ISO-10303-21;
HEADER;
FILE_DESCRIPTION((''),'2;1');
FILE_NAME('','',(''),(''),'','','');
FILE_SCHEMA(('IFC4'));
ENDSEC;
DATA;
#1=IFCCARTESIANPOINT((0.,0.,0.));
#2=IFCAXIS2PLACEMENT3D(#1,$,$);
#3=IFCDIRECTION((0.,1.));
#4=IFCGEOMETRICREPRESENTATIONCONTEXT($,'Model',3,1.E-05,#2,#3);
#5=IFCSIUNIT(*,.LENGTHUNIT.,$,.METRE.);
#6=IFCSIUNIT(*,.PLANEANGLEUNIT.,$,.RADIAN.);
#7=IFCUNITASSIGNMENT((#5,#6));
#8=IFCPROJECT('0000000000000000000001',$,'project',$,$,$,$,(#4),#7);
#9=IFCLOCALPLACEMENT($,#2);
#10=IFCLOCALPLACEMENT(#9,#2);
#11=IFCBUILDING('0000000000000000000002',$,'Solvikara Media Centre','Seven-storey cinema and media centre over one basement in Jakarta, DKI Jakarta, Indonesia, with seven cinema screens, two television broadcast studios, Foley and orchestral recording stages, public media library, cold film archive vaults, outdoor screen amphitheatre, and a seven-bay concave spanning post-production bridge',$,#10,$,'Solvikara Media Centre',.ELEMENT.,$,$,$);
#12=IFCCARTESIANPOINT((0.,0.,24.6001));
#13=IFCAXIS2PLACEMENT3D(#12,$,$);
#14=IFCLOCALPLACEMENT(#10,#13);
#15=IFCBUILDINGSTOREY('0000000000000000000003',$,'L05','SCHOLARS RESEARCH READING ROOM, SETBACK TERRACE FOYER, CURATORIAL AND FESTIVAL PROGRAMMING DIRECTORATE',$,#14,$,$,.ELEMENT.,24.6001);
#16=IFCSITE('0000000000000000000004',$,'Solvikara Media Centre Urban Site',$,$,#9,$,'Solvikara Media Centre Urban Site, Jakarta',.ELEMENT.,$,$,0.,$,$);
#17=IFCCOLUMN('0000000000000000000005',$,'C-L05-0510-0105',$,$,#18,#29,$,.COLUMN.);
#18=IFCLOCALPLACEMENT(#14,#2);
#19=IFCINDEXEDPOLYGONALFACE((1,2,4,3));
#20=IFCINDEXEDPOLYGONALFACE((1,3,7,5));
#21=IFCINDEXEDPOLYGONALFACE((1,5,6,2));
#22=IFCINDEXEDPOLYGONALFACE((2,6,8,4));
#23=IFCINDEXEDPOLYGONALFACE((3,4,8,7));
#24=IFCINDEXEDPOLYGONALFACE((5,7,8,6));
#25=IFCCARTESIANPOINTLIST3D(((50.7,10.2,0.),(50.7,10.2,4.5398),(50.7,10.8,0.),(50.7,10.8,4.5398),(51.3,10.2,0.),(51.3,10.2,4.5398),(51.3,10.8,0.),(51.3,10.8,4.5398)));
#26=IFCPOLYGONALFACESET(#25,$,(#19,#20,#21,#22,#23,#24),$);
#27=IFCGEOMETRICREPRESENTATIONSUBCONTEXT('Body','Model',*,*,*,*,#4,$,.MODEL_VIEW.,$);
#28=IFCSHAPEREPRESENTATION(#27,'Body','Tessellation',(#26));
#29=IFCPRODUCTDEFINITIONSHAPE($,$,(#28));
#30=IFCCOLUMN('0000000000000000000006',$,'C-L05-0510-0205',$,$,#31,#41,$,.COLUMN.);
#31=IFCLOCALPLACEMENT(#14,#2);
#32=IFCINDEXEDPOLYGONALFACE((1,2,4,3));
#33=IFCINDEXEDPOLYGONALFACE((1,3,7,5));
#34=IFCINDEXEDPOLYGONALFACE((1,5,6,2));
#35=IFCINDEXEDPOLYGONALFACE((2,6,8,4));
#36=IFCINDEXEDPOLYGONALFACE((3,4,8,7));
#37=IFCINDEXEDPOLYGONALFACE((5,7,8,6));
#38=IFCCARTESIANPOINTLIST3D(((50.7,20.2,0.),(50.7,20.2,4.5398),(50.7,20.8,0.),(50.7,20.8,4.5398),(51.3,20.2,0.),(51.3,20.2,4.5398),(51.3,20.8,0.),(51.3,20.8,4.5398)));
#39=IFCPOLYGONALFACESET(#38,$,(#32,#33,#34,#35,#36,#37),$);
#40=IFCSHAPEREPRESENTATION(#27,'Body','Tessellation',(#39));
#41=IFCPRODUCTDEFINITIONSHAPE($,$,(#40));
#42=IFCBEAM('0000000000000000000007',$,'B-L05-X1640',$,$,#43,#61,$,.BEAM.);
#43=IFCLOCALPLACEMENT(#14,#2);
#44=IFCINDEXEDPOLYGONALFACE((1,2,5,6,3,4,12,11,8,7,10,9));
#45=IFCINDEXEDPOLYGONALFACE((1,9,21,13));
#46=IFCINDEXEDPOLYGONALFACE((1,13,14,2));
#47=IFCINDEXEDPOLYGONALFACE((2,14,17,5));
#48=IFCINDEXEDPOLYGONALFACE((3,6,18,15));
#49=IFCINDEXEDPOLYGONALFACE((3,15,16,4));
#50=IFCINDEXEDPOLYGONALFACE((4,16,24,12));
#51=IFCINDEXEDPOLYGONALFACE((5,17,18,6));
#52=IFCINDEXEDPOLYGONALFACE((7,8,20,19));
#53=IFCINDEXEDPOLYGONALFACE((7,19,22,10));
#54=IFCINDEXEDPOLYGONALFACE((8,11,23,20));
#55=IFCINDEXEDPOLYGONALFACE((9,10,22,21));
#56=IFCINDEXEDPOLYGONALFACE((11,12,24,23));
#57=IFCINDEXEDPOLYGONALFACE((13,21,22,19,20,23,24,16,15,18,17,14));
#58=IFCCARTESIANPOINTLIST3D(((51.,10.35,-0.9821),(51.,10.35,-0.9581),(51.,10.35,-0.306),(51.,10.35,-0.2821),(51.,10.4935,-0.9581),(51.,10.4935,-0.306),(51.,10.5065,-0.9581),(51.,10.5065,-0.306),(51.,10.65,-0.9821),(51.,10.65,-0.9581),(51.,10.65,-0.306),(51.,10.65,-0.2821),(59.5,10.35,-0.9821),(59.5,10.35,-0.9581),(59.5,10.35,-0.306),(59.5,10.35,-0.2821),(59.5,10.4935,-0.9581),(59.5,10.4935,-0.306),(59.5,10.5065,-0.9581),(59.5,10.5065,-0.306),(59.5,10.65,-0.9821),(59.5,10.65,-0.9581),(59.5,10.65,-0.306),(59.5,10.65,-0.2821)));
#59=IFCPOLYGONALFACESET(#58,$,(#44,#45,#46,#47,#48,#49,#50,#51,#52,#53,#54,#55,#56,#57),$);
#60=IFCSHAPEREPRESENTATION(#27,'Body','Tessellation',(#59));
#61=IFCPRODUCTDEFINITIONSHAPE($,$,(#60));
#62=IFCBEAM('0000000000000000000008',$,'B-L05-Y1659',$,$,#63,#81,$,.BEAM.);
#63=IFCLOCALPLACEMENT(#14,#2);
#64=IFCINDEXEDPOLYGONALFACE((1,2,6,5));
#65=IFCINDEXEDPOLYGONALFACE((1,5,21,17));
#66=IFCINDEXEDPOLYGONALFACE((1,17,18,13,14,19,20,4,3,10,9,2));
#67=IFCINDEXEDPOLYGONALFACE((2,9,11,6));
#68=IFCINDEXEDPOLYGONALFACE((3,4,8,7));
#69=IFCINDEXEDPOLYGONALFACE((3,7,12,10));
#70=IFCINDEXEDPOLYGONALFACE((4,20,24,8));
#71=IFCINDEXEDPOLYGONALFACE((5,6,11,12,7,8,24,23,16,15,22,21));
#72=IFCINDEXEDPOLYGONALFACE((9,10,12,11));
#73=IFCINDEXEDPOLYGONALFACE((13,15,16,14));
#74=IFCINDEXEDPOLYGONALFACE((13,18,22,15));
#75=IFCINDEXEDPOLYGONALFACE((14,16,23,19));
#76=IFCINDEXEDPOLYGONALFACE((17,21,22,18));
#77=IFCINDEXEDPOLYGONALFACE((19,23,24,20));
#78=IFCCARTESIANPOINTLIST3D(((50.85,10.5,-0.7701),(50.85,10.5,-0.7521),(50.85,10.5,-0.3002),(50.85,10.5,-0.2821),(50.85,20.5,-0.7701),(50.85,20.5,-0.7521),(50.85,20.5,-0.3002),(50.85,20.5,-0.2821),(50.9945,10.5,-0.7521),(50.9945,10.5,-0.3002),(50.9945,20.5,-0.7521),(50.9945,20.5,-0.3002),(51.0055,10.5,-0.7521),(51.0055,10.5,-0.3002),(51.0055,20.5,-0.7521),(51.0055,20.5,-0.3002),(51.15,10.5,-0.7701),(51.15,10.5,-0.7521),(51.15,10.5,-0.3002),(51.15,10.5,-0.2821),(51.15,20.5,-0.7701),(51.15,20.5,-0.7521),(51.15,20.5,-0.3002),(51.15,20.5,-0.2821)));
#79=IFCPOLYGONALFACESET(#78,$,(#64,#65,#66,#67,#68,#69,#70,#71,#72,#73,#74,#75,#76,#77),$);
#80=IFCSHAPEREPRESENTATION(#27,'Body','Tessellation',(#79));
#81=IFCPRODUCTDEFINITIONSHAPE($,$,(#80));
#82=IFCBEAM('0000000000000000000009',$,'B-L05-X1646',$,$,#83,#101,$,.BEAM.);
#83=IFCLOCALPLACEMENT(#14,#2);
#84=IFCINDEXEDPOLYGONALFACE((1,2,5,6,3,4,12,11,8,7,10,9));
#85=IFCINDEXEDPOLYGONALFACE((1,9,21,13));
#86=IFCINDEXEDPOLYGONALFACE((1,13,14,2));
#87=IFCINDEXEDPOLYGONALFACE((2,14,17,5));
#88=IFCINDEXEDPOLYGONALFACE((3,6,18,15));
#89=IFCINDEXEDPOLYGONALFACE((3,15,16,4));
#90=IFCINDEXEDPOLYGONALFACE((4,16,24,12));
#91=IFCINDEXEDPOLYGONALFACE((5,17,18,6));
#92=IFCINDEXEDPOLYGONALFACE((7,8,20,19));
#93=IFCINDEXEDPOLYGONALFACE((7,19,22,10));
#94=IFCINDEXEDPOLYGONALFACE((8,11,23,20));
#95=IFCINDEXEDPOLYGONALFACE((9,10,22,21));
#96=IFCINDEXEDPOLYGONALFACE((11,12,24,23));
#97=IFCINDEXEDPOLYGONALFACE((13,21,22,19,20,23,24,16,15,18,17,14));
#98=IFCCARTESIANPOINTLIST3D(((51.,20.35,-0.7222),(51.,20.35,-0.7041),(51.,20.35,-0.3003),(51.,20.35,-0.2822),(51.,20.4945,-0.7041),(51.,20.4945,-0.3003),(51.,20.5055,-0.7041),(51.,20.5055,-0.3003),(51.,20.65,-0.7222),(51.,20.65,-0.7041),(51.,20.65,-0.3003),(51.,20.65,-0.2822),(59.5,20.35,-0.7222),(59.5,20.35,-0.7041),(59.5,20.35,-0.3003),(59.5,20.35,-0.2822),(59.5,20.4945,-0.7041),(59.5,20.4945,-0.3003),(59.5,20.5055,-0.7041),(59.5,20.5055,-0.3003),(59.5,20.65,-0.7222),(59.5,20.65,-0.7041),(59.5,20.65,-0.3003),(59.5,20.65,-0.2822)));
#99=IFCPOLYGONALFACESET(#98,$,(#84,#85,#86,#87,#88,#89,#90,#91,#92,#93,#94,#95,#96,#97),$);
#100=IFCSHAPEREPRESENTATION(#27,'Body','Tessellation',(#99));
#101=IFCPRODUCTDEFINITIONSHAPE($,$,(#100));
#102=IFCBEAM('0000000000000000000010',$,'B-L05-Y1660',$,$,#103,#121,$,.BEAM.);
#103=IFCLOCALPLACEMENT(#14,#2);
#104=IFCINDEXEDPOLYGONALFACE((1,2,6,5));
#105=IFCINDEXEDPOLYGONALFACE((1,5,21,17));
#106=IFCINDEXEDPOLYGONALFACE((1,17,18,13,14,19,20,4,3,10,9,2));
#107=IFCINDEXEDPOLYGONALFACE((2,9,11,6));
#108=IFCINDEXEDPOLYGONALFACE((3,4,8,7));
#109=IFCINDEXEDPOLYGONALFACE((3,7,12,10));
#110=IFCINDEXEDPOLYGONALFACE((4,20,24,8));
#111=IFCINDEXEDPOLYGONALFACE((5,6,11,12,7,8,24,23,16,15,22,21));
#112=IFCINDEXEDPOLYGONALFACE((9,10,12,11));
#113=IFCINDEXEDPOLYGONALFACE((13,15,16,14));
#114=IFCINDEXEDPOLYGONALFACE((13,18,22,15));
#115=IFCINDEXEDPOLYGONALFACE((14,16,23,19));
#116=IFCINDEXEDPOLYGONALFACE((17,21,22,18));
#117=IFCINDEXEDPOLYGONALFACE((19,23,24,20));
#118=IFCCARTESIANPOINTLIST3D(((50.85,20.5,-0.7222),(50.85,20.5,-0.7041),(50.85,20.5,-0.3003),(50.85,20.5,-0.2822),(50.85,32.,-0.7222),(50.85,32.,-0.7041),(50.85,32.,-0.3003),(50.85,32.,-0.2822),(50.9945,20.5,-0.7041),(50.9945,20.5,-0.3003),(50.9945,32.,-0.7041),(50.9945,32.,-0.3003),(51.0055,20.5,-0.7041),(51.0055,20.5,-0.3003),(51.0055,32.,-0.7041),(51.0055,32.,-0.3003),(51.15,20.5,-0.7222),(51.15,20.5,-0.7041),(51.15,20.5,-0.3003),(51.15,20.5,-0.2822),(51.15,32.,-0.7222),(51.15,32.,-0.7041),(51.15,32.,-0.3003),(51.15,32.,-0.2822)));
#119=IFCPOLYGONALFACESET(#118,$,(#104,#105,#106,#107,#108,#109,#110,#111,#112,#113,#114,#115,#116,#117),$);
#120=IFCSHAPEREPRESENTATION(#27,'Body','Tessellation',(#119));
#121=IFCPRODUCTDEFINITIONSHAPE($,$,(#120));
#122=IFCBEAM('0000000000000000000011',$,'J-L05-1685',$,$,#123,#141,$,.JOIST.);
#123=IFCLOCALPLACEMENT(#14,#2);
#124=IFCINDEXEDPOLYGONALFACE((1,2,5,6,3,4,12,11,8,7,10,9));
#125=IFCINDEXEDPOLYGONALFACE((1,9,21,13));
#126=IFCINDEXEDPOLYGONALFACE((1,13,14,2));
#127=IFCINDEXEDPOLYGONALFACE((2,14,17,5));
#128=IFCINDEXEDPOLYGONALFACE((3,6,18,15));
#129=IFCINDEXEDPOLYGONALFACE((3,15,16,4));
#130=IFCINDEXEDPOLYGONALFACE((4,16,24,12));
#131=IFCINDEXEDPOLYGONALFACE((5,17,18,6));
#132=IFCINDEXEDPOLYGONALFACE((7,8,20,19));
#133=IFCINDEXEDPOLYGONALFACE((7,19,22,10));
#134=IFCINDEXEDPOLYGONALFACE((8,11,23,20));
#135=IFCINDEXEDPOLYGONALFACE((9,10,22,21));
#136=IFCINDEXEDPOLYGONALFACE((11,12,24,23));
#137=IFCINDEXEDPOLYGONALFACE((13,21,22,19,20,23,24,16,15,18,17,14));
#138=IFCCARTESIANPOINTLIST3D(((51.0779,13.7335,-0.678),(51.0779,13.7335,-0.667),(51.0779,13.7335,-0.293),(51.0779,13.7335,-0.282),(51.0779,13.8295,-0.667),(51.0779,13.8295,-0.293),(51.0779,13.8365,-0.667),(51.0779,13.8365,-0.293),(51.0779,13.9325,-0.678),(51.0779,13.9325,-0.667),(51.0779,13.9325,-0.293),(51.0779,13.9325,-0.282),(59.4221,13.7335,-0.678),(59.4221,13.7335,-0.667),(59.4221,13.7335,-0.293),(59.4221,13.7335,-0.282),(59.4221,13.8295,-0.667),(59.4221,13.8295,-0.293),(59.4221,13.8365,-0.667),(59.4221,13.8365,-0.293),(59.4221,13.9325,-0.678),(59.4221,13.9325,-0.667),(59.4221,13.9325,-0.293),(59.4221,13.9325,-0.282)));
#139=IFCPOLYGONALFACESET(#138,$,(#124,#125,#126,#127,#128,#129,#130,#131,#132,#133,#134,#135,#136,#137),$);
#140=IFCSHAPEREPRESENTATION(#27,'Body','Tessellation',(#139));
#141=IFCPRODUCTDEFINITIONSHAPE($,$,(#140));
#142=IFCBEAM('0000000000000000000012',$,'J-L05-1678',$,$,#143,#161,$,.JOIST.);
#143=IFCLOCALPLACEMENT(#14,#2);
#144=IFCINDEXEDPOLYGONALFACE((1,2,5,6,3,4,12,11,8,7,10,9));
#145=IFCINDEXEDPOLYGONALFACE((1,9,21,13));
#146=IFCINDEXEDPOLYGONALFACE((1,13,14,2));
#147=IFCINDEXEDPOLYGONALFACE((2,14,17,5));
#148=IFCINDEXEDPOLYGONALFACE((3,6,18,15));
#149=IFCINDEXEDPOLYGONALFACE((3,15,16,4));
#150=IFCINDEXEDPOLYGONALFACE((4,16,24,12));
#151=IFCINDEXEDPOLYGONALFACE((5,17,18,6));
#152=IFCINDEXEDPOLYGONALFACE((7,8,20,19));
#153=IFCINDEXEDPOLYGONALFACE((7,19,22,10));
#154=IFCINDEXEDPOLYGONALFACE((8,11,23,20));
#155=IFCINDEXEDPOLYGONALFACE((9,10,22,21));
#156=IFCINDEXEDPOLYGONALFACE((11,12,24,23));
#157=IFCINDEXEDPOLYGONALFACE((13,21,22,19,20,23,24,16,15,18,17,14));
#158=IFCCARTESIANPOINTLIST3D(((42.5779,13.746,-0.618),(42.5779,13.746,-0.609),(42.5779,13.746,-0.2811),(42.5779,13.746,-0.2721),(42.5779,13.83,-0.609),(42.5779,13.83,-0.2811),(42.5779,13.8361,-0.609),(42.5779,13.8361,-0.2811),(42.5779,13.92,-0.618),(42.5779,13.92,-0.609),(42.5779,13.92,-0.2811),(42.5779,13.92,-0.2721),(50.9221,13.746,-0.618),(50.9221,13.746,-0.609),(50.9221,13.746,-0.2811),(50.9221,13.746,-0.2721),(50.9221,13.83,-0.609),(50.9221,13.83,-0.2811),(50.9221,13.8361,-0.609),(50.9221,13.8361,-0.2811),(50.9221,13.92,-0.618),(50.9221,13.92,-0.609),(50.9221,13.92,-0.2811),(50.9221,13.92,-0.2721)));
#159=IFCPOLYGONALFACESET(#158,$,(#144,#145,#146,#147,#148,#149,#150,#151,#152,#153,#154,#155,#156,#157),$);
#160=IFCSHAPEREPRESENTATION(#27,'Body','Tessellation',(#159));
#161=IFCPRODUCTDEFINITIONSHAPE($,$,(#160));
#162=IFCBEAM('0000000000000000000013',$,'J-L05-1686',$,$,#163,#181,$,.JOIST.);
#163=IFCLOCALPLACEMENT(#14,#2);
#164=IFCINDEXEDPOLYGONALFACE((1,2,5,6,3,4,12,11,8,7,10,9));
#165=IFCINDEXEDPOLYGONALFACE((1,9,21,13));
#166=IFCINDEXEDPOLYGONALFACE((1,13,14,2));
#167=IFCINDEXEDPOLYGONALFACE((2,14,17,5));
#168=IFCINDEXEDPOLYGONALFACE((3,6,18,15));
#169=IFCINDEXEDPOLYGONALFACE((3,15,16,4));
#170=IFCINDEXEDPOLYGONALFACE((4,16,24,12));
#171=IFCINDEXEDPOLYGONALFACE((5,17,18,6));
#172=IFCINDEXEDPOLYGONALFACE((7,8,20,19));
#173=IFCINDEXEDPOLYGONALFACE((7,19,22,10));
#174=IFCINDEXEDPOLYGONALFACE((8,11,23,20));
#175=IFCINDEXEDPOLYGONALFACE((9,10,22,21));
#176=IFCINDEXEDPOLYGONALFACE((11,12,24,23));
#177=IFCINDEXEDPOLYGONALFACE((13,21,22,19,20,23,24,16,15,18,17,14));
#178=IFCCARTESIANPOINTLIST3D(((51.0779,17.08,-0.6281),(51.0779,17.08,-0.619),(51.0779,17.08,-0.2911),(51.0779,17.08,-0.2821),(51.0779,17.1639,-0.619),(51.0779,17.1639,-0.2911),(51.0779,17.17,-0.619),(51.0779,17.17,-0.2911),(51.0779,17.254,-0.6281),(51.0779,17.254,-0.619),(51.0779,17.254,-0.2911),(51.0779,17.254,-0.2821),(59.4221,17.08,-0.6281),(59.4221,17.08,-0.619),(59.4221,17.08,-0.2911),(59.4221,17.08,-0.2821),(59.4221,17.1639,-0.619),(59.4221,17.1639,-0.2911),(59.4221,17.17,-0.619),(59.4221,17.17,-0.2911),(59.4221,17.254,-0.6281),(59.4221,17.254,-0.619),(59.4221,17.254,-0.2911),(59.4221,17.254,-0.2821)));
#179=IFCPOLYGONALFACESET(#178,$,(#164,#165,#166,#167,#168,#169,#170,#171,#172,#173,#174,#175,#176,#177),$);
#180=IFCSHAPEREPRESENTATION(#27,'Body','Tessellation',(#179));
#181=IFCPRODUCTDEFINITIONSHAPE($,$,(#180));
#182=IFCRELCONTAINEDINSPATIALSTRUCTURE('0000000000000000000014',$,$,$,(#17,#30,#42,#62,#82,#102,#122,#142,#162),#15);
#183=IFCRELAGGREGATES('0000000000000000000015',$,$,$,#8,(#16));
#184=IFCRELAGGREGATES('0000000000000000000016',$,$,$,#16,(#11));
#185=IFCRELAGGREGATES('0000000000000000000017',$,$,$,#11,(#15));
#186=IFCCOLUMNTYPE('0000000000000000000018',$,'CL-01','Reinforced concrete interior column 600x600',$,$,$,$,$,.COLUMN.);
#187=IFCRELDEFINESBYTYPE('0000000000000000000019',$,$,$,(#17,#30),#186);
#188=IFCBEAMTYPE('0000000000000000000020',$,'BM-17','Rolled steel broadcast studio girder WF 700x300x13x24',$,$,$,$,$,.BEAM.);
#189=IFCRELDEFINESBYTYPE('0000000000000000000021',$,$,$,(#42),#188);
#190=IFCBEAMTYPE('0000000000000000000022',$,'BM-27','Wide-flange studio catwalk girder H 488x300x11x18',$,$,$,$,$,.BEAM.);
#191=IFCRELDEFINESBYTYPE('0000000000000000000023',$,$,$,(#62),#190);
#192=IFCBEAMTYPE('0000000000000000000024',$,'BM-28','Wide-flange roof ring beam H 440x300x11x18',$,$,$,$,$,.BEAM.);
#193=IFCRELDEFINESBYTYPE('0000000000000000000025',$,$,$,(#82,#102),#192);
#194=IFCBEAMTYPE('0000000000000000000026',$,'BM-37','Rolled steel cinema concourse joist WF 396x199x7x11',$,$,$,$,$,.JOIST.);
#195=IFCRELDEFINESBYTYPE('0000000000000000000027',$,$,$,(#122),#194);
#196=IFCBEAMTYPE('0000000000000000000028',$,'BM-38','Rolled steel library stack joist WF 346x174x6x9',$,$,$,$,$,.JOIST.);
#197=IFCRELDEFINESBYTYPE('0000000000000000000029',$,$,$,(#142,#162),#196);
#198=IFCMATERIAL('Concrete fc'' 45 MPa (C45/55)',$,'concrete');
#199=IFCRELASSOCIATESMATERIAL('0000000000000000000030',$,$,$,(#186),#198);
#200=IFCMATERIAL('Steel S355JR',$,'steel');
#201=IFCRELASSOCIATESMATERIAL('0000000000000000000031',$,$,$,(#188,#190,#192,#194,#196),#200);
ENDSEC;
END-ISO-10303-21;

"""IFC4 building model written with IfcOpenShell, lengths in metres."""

from ifc_helpers import new_model, si_unit, direction, frame, origin, origin_2d, place, context, subcontext, project, spatial, rectangle, i_section, extrude, material, material_profile, profile_set, type_object, element, save


model = new_model("IFC4")

# Units and contexts
model_context = context("Model", 3, precision=1e-05, world=origin(), true_north=direction((0.0, 1.0)))
body_context = subcontext(model_context, "Body", "Model", "MODEL_VIEW")
ifc_project = project(units=[si_unit("LENGTHUNIT", "METRE"), si_unit("PLANEANGLEUNIT", "RADIAN")], contexts=[model_context])

# Site, building, storey
site_placement = place(None, origin())
site = spatial("IfcSite", under=ifc_project, at=site_placement, Name="Solvikara Media Centre Urban Site", LongName="Solvikara Media Centre Urban Site, Jakarta", CompositionType="ELEMENT", RefElevation=0.0)
building_placement = place(site_placement, origin())
building = spatial("IfcBuilding", under=site, at=building_placement, Name="Solvikara Media Centre", Description="Seven-storey cinema and media centre over one basement in Jakarta, DKI Jakarta, Indonesia, with seven cinema screens, two television broadcast studios, Foley and orchestral recording stages, public media library, cold film archive vaults, outdoor screen amphitheatre, and a seven-bay concave spanning post-production bridge", LongName="Solvikara Media Centre", CompositionType="ELEMENT")
storey_placement = place(building_placement, frame((0.0, 0.0, 24.6001)))
storey = spatial("IfcBuildingStorey", under=building, at=storey_placement, Name="L05", Description="SCHOLARS RESEARCH READING ROOM, SETBACK TERRACE FOYER, CURATORIAL AND FESTIVAL PROGRAMMING DIRECTORATE", CompositionType="ELEMENT", Elevation=24.6001)

# Columns
ifc_material_1 = material(Name="Concrete fc' 45 MPa (C45/55)", Category="concrete")
ifc_material_profile_1 = material_profile(ifc_material_1, rectangle(XDim=0.6001, YDim=0.6001, at=origin_2d()), Name="RC 600x600")
ifc_profile_set_1 = profile_set([ifc_material_profile_1], Name="Concrete fc' 45 MPa (C45/55)")
column_type = type_object("IfcColumnType", Name="CL-01", Description="Reinforced concrete interior column 600x600", PredefinedType="COLUMN", material=ifc_profile_set_1)
for number, where, z_axis, x_axis, name in (
    (1, (51.0, 10.5, 0.0), (0.0, 0.0, 1.0), (1.0, 0.0, 0.0), "C-L05-0510-0105"),
    (2, (51.0, 20.5, 0.0), (0.0, 0.0, 1.0), (1.0, 0.0, 0.0), "C-L05-0510-0205"),
):
    element("IfcColumn", number, at=place(storey_placement, frame(where, z_axis=z_axis, x_axis=x_axis)), inside=storey, type_object=column_type, Name=name, PredefinedType="COLUMN", context=body_context, shape_type="SweptSolid", body=[
        extrude(rectangle(XDim=0.6001, YDim=0.6001, at=origin_2d()), origin(), (0.0, 0.0, 1.0), 4.5398),
    ])

# Beams
ifc_material_2 = material(Name="Steel S355JR", Category="steel")
ifc_material_profile_2 = material_profile(ifc_material_2, i_section(OverallWidth=0.3, OverallDepth=0.7, WebThickness=0.0129, FlangeThickness=0.0239, at=origin_2d()), Name="WF 700x300x13x24")
ifc_profile_set_2 = profile_set([ifc_material_profile_2], Name="Steel S355JR")
beam_type_1 = type_object("IfcBeamType", Name="BM-17", Description="Rolled steel broadcast studio girder WF 700x300x13x24", PredefinedType="BEAM", material=ifc_profile_set_2)
beam_1_placement = place(storey_placement, frame((51.0, 10.5, -0.6321), z_axis=(1.0, 0.0, 0.0), x_axis=(0.0, 1.0, 0.0)))
element("IfcBeam", 3, at=beam_1_placement, inside=storey, type_object=beam_type_1, Name="B-L05-X1640", PredefinedType="BEAM", context=body_context, shape_type="SweptSolid", body=[
    extrude(i_section(OverallWidth=0.3, OverallDepth=0.7, WebThickness=0.0129, FlangeThickness=0.0239, at=origin_2d()), origin(), (0.0, 0.0, 1.0), 8.5),
])
ifc_material_profile_3 = material_profile(ifc_material_2, i_section(OverallWidth=0.3, OverallDepth=0.488, WebThickness=0.011, FlangeThickness=0.0181, at=origin_2d()), Name="H 488x300x11x18")
ifc_profile_set_3 = profile_set([ifc_material_profile_3], Name="Steel S355JR")
beam_type_2 = type_object("IfcBeamType", Name="BM-27", Description="Wide-flange studio catwalk girder H 488x300x11x18", PredefinedType="BEAM", material=ifc_profile_set_3)
beam_2_placement = place(storey_placement, frame((51.0, 10.5, -0.5261), z_axis=(0.0, 1.0, 0.0), x_axis=(-1.0, 0.0, 0.0)))
element("IfcBeam", 4, at=beam_2_placement, inside=storey, type_object=beam_type_2, Name="B-L05-Y1659", PredefinedType="BEAM", context=body_context, shape_type="SweptSolid", body=[
    extrude(i_section(OverallWidth=0.3, OverallDepth=0.488, WebThickness=0.011, FlangeThickness=0.0181, at=origin_2d()), origin(), (0.0, 0.0, 1.0), 10.0),
])
ifc_material_profile_4 = material_profile(ifc_material_2, i_section(OverallWidth=0.3, OverallDepth=0.4399, WebThickness=0.011, FlangeThickness=0.0181, at=origin_2d()), Name="H 440x300x11x18")
ifc_profile_set_4 = profile_set([ifc_material_profile_4], Name="Steel S355JR")
beam_type_3 = type_object("IfcBeamType", Name="BM-28", Description="Wide-flange roof ring beam H 440x300x11x18", PredefinedType="BEAM", material=ifc_profile_set_4)
beam_3_placement = place(storey_placement, frame((51.0, 20.5, -0.5022), z_axis=(1.0, 0.0, 0.0), x_axis=(0.0, 1.0, 0.0)))
element("IfcBeam", 5, at=beam_3_placement, inside=storey, type_object=beam_type_3, Name="B-L05-X1646", PredefinedType="BEAM", context=body_context, shape_type="SweptSolid", body=[
    extrude(i_section(OverallWidth=0.3, OverallDepth=0.4399, WebThickness=0.011, FlangeThickness=0.0181, at=origin_2d()), origin(), (0.0, 0.0, 1.0), 8.5),
])
beam_4_placement = place(storey_placement, frame((51.0, 20.5, -0.5022), z_axis=(0.0, 1.0, 0.0), x_axis=(-1.0, 0.0, 0.0)))
element("IfcBeam", 6, at=beam_4_placement, inside=storey, type_object=beam_type_3, Name="B-L05-Y1660", PredefinedType="BEAM", context=body_context, shape_type="SweptSolid", body=[
    extrude(i_section(OverallWidth=0.3, OverallDepth=0.4399, WebThickness=0.011, FlangeThickness=0.0181, at=origin_2d()), origin(), (0.0, 0.0, 1.0), 11.5),
])
ifc_material_profile_5 = material_profile(ifc_material_2, i_section(OverallWidth=0.199, OverallDepth=0.396, WebThickness=0.0071, FlangeThickness=0.011, at=origin_2d()), Name="WF 396x199x7x11")
ifc_profile_set_5 = profile_set([ifc_material_profile_5], Name="Steel S355JR")
beam_type_4 = type_object("IfcBeamType", Name="BM-37", Description="Rolled steel cinema concourse joist WF 396x199x7x11", PredefinedType="JOIST", material=ifc_profile_set_5)
beam_5_placement = place(storey_placement, frame((51.0779, 13.833, -0.48), z_axis=(1.0, 0.0, 0.0), x_axis=(0.0, 1.0, 0.0)))
element("IfcBeam", 7, at=beam_5_placement, inside=storey, type_object=beam_type_4, Name="J-L05-1685", PredefinedType="JOIST", context=body_context, shape_type="SweptSolid", body=[
    extrude(i_section(OverallWidth=0.199, OverallDepth=0.396, WebThickness=0.0071, FlangeThickness=0.011, at=origin_2d()), origin(), (0.0, 0.0, 1.0), 8.3442),
])
ifc_material_profile_6 = material_profile(ifc_material_2, i_section(OverallWidth=0.1741, OverallDepth=0.3459, WebThickness=0.0061, FlangeThickness=0.009, at=origin_2d()), Name="WF 346x174x6x9")
ifc_profile_set_6 = profile_set([ifc_material_profile_6], Name="Steel S355JR")
beam_type_5 = type_object("IfcBeamType", Name="BM-38", Description="Rolled steel library stack joist WF 346x174x6x9", PredefinedType="JOIST", material=ifc_profile_set_6)
for number, where, z_axis, x_axis, name in (
    (8, (42.5779, 13.833, -0.4451), (1.0, 0.0, 0.0), (0.0, 1.0, 0.0), "J-L05-1678"),
    (9, (51.0779, 17.167, -0.4551), (1.0, 0.0, 0.0), (0.0, 1.0, 0.0), "J-L05-1686"),
):
    element("IfcBeam", number, at=place(storey_placement, frame(where, z_axis=z_axis, x_axis=x_axis)), inside=storey, type_object=beam_type_5, Name=name, PredefinedType="JOIST", context=body_context, shape_type="SweptSolid", body=[
        extrude(i_section(OverallWidth=0.1741, OverallDepth=0.3459, WebThickness=0.0061, FlangeThickness=0.009, at=origin_2d()), origin(), (0.0, 0.0, 1.0), 8.3442),
    ])

save(model, "model.ifc")
